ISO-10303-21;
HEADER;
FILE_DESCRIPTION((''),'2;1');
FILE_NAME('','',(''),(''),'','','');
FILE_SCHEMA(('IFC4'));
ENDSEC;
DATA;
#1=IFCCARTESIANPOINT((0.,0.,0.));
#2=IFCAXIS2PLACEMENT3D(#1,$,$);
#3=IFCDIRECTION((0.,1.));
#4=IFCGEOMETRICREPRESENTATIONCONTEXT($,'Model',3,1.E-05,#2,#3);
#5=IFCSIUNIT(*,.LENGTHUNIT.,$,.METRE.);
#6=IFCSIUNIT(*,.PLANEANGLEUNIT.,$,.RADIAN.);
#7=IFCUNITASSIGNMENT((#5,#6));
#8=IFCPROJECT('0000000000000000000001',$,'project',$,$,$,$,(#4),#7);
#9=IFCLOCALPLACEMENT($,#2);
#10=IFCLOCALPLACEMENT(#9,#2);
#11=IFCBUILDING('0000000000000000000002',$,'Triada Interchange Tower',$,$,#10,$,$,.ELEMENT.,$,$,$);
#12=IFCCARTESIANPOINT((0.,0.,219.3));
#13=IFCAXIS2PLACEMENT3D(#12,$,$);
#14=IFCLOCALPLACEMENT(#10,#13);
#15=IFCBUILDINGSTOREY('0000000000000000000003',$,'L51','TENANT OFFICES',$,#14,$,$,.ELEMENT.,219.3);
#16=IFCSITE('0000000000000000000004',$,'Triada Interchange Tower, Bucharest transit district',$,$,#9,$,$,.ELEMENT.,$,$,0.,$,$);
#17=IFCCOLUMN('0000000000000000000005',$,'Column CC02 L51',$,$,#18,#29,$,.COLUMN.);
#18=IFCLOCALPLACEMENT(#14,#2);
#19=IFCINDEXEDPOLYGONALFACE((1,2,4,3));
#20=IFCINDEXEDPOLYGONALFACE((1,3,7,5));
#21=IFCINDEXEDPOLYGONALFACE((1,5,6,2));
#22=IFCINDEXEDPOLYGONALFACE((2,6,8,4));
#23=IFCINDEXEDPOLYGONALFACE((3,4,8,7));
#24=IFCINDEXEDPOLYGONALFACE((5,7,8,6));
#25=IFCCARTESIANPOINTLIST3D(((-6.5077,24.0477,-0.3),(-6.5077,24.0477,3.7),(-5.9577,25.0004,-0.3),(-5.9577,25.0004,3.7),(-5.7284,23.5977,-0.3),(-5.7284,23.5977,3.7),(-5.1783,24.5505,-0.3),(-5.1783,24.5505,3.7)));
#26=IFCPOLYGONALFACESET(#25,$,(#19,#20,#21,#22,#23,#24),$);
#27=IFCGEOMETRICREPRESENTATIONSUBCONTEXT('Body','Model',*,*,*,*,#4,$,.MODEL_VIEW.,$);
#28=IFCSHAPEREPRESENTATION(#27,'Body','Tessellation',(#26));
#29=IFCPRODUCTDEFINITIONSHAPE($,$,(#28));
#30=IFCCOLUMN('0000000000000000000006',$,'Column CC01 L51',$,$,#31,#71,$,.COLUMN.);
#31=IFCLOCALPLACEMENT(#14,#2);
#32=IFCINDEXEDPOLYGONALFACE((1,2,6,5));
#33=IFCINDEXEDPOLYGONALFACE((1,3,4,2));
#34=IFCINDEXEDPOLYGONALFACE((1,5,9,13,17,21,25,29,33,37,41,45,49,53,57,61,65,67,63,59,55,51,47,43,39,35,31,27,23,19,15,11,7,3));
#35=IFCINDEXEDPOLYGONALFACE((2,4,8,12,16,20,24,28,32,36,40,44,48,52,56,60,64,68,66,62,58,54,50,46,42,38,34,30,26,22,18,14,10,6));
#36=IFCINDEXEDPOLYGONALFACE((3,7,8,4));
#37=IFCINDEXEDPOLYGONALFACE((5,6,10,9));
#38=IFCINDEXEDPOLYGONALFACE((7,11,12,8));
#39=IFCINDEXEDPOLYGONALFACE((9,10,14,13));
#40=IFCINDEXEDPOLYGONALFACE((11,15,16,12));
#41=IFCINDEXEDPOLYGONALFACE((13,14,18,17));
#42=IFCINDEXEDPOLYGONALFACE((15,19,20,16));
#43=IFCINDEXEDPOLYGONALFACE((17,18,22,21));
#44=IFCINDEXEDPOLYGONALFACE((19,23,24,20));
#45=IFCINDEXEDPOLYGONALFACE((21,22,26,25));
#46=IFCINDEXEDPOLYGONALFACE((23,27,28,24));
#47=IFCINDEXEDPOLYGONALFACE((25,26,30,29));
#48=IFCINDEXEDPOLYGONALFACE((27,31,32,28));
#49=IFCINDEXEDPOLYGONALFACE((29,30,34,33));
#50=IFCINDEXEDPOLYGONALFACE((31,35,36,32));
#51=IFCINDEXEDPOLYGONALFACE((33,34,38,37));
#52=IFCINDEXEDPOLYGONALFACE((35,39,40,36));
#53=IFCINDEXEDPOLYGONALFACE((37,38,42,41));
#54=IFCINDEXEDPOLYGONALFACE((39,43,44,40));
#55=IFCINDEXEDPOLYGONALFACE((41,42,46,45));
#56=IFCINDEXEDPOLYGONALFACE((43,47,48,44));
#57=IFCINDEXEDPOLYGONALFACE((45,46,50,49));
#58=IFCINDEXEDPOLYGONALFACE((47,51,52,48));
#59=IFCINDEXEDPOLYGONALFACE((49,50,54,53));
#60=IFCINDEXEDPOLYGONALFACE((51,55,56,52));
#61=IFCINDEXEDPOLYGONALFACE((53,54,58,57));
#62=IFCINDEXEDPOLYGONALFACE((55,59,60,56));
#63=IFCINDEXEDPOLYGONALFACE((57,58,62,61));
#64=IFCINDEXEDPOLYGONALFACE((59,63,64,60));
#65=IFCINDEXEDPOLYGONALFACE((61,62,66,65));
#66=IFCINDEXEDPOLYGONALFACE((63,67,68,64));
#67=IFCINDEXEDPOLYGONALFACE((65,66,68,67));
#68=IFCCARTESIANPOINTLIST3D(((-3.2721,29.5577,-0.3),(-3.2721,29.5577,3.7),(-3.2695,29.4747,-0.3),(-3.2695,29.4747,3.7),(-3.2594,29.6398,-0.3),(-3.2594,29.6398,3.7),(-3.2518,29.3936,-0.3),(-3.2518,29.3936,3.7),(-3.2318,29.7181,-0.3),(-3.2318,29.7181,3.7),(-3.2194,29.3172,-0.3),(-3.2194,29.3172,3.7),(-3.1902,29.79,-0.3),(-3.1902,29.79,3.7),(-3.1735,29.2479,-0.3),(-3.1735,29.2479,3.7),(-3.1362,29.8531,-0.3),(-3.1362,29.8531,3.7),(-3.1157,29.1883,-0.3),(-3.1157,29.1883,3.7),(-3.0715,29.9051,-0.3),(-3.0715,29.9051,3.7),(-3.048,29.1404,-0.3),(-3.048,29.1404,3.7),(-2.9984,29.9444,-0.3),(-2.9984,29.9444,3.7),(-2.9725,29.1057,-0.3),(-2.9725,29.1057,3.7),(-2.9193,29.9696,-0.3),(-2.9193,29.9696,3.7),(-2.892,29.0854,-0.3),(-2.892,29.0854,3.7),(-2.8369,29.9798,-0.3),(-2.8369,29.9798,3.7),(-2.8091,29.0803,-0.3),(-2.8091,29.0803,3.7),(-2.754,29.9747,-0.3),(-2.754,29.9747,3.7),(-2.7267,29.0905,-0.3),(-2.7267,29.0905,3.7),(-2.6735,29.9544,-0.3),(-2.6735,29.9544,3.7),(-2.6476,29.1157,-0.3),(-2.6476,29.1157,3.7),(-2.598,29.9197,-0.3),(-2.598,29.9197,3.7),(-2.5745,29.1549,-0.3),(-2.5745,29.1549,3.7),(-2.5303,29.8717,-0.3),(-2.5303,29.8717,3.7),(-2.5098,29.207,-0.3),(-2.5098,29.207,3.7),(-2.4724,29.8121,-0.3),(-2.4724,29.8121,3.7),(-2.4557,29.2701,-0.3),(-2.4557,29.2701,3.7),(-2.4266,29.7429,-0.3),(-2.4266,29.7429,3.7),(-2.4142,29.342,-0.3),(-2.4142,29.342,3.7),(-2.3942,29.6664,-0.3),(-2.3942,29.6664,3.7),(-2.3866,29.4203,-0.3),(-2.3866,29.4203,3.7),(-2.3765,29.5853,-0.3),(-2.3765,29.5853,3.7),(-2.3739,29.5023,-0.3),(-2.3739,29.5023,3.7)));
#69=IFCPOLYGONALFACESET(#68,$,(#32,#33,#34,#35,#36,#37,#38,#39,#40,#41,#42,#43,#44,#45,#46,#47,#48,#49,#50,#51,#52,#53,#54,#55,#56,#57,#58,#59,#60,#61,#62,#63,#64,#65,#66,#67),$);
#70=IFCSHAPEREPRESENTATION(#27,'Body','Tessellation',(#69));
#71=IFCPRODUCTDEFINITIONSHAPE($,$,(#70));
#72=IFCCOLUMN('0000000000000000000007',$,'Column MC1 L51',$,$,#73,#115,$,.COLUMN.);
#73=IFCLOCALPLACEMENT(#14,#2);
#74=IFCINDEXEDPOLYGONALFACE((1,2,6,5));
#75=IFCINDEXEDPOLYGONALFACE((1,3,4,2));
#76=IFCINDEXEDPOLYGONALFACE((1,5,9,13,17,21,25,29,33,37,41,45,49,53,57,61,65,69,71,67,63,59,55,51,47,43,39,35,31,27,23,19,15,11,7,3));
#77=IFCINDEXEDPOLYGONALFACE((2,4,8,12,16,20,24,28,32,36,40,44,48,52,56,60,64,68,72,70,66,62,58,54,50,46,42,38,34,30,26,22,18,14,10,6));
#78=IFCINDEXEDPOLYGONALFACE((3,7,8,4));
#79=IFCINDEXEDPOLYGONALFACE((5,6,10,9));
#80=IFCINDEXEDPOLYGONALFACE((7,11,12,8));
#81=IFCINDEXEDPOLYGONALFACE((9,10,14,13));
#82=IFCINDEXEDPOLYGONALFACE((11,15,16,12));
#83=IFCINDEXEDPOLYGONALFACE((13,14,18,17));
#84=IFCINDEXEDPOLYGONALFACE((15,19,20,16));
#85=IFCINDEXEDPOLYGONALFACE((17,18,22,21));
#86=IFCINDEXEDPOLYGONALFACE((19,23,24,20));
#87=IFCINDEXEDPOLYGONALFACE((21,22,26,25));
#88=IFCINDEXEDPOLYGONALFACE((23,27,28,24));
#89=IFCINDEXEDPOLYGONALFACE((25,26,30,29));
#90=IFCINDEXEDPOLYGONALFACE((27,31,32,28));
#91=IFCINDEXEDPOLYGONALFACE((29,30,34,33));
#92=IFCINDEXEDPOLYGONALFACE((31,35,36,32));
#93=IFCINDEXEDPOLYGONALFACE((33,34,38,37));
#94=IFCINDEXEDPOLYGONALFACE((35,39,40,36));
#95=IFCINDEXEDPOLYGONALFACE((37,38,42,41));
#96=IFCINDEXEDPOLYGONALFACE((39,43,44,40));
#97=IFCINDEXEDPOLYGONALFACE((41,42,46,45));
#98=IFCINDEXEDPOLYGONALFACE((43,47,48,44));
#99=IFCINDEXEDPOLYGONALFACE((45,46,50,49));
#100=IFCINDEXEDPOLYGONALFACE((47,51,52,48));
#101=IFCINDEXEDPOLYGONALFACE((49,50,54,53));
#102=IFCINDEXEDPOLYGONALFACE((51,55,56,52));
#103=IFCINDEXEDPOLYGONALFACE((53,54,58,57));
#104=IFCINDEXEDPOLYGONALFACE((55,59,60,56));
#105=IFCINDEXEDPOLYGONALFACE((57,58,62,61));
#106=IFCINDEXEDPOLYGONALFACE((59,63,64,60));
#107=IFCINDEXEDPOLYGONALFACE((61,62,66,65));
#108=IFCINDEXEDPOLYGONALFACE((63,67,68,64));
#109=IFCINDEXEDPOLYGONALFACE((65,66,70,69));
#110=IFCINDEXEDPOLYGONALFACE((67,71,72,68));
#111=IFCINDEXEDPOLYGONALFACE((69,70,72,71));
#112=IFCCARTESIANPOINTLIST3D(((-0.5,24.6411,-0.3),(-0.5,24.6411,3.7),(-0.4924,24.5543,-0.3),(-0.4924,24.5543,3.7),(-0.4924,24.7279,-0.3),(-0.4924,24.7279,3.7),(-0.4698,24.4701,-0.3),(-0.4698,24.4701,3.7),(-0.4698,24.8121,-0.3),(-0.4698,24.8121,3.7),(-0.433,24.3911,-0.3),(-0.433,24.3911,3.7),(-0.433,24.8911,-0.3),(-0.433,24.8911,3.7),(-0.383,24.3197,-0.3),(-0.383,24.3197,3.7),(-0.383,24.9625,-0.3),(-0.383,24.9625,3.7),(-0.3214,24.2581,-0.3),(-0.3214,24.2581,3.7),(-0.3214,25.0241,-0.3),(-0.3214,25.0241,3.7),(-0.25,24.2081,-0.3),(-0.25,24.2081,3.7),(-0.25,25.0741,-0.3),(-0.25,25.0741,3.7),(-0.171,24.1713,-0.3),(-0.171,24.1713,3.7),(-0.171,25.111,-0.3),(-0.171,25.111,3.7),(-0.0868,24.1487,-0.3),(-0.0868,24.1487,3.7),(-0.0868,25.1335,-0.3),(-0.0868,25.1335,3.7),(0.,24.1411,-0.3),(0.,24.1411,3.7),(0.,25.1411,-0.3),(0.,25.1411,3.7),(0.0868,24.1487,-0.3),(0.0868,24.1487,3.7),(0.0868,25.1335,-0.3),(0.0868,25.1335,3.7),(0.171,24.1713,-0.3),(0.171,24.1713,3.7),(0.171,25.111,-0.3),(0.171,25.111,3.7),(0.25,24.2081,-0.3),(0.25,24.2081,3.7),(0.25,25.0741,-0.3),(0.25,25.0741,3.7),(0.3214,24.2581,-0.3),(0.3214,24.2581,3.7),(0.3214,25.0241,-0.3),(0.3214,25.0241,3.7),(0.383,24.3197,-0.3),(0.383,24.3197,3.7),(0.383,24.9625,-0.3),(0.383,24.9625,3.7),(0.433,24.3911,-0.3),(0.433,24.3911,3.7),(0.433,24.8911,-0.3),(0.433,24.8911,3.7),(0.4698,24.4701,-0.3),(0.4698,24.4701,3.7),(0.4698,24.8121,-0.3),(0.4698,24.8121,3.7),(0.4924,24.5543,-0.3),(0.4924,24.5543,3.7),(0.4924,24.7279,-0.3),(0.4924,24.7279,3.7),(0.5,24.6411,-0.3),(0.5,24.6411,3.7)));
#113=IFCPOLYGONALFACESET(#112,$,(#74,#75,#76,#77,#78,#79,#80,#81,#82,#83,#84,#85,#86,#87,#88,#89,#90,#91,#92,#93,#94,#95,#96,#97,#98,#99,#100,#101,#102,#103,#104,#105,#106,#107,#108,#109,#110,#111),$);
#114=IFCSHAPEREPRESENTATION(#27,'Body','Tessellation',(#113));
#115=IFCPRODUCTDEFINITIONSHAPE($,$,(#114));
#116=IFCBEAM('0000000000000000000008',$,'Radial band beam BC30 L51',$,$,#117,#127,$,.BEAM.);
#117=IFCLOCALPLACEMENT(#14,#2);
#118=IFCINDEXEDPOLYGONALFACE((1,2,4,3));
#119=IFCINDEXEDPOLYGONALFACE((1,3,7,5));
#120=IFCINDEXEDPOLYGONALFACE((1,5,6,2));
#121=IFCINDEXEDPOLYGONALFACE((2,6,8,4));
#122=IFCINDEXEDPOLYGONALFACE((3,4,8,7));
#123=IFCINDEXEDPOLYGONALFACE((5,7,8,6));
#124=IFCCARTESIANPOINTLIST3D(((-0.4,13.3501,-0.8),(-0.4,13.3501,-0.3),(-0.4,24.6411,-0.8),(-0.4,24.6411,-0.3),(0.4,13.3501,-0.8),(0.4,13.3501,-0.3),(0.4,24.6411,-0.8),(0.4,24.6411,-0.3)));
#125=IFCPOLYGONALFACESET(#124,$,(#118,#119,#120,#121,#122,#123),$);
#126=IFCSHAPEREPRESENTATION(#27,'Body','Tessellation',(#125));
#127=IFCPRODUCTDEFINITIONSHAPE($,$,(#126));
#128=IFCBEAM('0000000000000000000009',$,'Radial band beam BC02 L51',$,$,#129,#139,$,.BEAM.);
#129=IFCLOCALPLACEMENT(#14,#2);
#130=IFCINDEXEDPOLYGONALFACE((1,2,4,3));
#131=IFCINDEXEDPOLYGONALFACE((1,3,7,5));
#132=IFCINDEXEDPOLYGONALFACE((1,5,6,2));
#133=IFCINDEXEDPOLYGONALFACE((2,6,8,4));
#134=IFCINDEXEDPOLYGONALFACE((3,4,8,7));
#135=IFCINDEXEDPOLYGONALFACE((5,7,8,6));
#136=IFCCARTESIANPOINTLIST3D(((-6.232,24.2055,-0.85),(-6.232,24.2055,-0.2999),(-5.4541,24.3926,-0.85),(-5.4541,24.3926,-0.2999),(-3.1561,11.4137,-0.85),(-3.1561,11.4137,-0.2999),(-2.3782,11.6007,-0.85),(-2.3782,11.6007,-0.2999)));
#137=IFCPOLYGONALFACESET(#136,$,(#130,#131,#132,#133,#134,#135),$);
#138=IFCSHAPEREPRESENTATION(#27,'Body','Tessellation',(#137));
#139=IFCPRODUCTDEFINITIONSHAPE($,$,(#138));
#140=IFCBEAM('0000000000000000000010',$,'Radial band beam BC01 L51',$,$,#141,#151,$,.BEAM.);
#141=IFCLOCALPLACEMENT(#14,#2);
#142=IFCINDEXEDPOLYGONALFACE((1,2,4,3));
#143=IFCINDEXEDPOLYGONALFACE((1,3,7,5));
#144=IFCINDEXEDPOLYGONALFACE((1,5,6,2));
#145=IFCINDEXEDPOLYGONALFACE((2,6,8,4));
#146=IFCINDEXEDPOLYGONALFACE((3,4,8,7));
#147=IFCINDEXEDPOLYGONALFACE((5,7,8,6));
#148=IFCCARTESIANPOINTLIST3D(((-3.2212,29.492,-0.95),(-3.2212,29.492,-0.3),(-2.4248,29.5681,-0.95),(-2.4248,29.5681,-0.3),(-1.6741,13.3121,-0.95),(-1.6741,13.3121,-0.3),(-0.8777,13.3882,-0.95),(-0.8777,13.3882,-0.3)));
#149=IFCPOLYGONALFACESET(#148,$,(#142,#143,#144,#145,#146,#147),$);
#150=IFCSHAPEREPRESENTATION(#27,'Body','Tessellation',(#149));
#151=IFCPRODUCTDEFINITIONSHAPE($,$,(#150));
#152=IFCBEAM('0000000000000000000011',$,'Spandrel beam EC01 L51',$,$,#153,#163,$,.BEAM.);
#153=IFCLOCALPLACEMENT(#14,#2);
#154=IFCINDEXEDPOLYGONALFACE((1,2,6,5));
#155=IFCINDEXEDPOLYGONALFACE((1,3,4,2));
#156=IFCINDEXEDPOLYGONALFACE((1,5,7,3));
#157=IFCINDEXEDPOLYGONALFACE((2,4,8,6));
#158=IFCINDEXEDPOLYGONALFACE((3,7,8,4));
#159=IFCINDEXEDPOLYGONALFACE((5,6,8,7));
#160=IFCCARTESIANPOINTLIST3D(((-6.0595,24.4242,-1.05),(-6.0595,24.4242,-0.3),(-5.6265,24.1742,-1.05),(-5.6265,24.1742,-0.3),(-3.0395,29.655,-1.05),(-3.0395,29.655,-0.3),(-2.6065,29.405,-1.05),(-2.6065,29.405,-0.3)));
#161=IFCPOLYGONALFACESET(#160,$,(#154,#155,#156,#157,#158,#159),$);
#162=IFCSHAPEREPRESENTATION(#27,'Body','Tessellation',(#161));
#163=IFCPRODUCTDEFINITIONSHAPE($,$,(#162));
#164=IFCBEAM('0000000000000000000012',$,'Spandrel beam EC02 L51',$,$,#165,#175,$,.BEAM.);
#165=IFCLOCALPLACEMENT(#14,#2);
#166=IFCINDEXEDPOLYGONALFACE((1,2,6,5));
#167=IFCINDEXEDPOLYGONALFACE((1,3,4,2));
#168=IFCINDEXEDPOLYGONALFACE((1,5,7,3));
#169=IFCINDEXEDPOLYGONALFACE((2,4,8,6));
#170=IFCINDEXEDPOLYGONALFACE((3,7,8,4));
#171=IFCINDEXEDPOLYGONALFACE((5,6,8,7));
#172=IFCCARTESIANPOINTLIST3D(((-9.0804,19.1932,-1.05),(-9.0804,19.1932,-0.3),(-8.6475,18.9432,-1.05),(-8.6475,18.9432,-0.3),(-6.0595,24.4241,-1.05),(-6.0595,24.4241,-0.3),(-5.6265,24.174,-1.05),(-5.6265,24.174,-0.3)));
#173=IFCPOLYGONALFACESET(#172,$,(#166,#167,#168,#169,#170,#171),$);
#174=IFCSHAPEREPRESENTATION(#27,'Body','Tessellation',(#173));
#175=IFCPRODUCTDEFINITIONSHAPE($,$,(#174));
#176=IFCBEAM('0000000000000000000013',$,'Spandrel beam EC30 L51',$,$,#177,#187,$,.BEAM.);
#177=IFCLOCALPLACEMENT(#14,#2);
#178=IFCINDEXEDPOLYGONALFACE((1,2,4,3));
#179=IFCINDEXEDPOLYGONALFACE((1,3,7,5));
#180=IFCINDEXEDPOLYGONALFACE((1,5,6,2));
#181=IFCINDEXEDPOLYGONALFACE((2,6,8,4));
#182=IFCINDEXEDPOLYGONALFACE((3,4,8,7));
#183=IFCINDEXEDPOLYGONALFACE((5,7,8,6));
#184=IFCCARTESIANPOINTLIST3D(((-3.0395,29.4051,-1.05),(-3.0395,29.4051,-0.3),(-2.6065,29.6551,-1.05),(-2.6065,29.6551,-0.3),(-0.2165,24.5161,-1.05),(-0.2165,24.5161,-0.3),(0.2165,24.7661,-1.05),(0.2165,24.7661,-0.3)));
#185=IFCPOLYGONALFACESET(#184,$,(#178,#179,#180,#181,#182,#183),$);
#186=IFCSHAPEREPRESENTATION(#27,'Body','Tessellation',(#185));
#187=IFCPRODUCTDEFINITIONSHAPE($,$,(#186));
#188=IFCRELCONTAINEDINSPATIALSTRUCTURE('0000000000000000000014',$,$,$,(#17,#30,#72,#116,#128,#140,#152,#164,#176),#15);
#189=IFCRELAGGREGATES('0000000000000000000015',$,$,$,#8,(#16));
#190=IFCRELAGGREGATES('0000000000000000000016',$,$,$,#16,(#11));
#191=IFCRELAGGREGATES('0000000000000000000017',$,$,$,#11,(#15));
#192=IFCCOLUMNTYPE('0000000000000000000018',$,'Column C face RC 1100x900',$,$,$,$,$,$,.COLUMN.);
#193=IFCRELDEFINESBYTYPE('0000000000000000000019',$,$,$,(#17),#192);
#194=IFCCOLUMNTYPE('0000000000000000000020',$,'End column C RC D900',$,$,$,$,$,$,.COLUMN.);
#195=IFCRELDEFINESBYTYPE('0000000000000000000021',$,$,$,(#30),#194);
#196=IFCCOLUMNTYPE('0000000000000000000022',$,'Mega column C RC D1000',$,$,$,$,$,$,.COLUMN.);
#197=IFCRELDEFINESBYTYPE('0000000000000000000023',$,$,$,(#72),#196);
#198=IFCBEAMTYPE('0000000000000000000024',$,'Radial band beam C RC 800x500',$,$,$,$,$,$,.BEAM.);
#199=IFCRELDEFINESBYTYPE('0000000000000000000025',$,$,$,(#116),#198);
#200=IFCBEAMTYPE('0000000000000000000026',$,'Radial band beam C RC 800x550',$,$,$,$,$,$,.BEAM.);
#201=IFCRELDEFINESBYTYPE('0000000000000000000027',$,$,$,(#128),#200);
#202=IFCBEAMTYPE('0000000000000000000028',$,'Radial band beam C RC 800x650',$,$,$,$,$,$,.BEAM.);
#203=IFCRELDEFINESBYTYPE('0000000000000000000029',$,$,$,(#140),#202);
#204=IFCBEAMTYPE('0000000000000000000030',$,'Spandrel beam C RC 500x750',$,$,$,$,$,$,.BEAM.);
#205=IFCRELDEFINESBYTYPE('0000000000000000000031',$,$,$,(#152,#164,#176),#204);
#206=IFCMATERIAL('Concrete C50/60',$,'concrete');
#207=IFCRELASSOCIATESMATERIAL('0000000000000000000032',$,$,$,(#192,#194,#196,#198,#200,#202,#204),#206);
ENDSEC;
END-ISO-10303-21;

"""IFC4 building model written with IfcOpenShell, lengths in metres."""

from ifc_helpers import new_model, si_unit, direction, frame, origin, origin_2d, place, context, subcontext, project, spatial, rectangle, circle, extrude, material, material_profile, profile_set, type_object, element, save


model = new_model("IFC4")

# Units and contexts
model_context = context("Model", 3, precision=1e-05, world=origin(), true_north=direction((0.0, 1.0)))
body_context = subcontext(model_context, "Body", "Model", "MODEL_VIEW")
ifc_project = project(units=[si_unit("LENGTHUNIT", "METRE"), si_unit("PLANEANGLEUNIT", "RADIAN")], contexts=[model_context])

# Site, building, storey
site_placement = place(None, origin())
site = spatial("IfcSite", under=ifc_project, at=site_placement, Name="Triada Interchange Tower, Bucharest transit district", CompositionType="ELEMENT", RefElevation=0.0)
building_placement = place(site_placement, origin())
building = spatial("IfcBuilding", under=site, at=building_placement, Name="Triada Interchange Tower", CompositionType="ELEMENT")
storey_placement = place(building_placement, frame((0.0, 0.0, 219.3)))
storey = spatial("IfcBuildingStorey", under=building, at=storey_placement, Name="L51", Description="TENANT OFFICES", CompositionType="ELEMENT", Elevation=219.3)

# Columns
ifc_material_1 = material(Name="Concrete C50/60", Category="concrete")
ifc_material_profile_1 = material_profile(ifc_material_1, rectangle(XDim=1.1001, YDim=0.8999, at=origin_2d()), Name="RC 1100x900")
ifc_profile_set_1 = profile_set([ifc_material_profile_1], Name="Concrete C50/60")
column_type_1 = type_object("IfcColumnType", Name="Column C face RC 1100x900", PredefinedType="COLUMN", material=ifc_profile_set_1)
column_1_placement = place(storey_placement, frame((-5.843, 24.2991, -0.3), z_axis=(0.0, 0.0, 1.0), x_axis=(0.5, 0.866025, 0.0)))
element("IfcColumn", 1, at=column_1_placement, inside=storey, type_object=column_type_1, Name="Column CC02 L51", PredefinedType="COLUMN", context=body_context, shape_type="SweptSolid", body=[
    extrude(rectangle(XDim=1.1001, YDim=0.8999, at=origin_2d()), origin(), (0.0, 0.0, 1.0), 4.0),
])
ifc_material_profile_2 = material_profile(ifc_material_1, circle(Radius=0.45, at=origin_2d()), Name="RC D900")
ifc_profile_set_2 = profile_set([ifc_material_profile_2], Name="Concrete C50/60")
column_type_2 = type_object("IfcColumnType", Name="End column C RC D900", PredefinedType="COLUMN", material=ifc_profile_set_2)
column_2_placement = place(storey_placement, frame((-2.823, 29.53, -0.3), z_axis=(0.0, 0.0, 1.0), x_axis=(0.5, 0.866025, 0.0)))
element("IfcColumn", 2, at=column_2_placement, inside=storey, type_object=column_type_2, Name="Column CC01 L51", PredefinedType="COLUMN", context=body_context, shape_type="SweptSolid", body=[
    extrude(circle(Radius=0.45, at=origin_2d()), origin(), (0.0, 0.0, 1.0), 4.0),
])
ifc_material_profile_3 = material_profile(ifc_material_1, circle(Radius=0.5, at=origin_2d()), Name="RC D1000")
ifc_profile_set_3 = profile_set([ifc_material_profile_3], Name="Concrete C50/60")
column_type_3 = type_object("IfcColumnType", Name="Mega column C RC D1000", PredefinedType="COLUMN", material=ifc_profile_set_3)
column_3_placement = place(storey_placement, frame((0.0, 24.6411, -0.3), z_axis=(0.0, 0.0, 1.0), x_axis=(1.0, 0.0, 0.0)))
element("IfcColumn", 3, at=column_3_placement, inside=storey, type_object=column_type_3, Name="Column MC1 L51", PredefinedType="COLUMN", context=body_context, shape_type="SweptSolid", body=[
    extrude(circle(Radius=0.5, at=origin_2d()), origin(), (0.0, 0.0, 1.0), 4.0),
])

# Beams
ifc_material_profile_4 = material_profile(ifc_material_1, rectangle(XDim=0.8, YDim=0.5, at=origin_2d()), Name="RC 800x500")
ifc_profile_set_4 = profile_set([ifc_material_profile_4], Name="Concrete C50/60")
beam_type_1 = type_object("IfcBeamType", Name="Radial band beam C RC 800x500", PredefinedType="BEAM", material=ifc_profile_set_4)
beam_1_placement = place(storey_placement, frame((0.0, 24.6411, -0.55), z_axis=(0.0, -1.0, 0.0), x_axis=(1.0, 0.0, 0.0)))
element("IfcBeam", 4, at=beam_1_placement, inside=storey, type_object=beam_type_1, Name="Radial band beam BC30 L51", PredefinedType="BEAM", context=body_context, shape_type="SweptSolid", body=[
    extrude(rectangle(XDim=0.8, YDim=0.5, at=origin_2d()), origin(), (0.0, 0.0, 1.0), 11.291),
])
ifc_material_profile_5 = material_profile(ifc_material_1, rectangle(XDim=0.8, YDim=0.55, at=origin_2d()), Name="RC 800x550")
ifc_profile_set_5 = profile_set([ifc_material_profile_5], Name="Concrete C50/60")
beam_type_2 = type_object("IfcBeamType", Name="Radial band beam C RC 800x550", PredefinedType="BEAM", material=ifc_profile_set_5)
beam_2_placement = place(storey_placement, frame((-5.843, 24.2991, -0.575), z_axis=(0.233793, -0.972286, 0.0), x_axis=(0.972286, 0.233793, 0.0)))
element("IfcBeam", 5, at=beam_2_placement, inside=storey, type_object=beam_type_2, Name="Radial band beam BC02 L51", PredefinedType="BEAM", context=body_context, shape_type="SweptSolid", body=[
    extrude(rectangle(XDim=0.8, YDim=0.55, at=origin_2d()), origin(), (0.0, 0.0, 1.0), 13.1565),
])
ifc_material_profile_6 = material_profile(ifc_material_1, rectangle(XDim=0.8, YDim=0.6499, at=origin_2d()), Name="RC 800x650")
ifc_profile_set_6 = profile_set([ifc_material_profile_6], Name="Concrete C50/60")
beam_type_3 = type_object("IfcBeamType", Name="Radial band beam C RC 800x650", PredefinedType="BEAM", material=ifc_profile_set_6)
beam_3_placement = place(storey_placement, frame((-2.823, 29.53, -0.625), z_axis=(0.095185, -0.99546, 0.0), x_axis=(0.99546, 0.095185, 0.0)))
element("IfcBeam", 6, at=beam_3_placement, inside=storey, type_object=beam_type_3, Name="Radial band beam BC01 L51", PredefinedType="BEAM", context=body_context, shape_type="SweptSolid", body=[
    extrude(rectangle(XDim=0.8, YDim=0.6499, at=origin_2d()), origin(), (0.0, 0.0, 1.0), 16.2537),
])
ifc_material_profile_7 = material_profile(ifc_material_1, rectangle(XDim=0.5, YDim=0.75, at=origin_2d()), Name="RC 500x750")
ifc_profile_set_7 = profile_set([ifc_material_profile_7], Name="Concrete C50/60")
beam_type_4 = type_object("IfcBeamType", Name="Spandrel beam C RC 500x750", PredefinedType="BEAM", material=ifc_profile_set_7)
beam_4_placement = place(storey_placement, frame((-2.823, 29.53, -0.675), z_axis=(-0.499991, -0.866031, 0.0), x_axis=(0.866031, -0.499991, 0.0)))
element("IfcBeam", 7, at=beam_4_placement, inside=storey, type_object=beam_type_4, Name="Spandrel beam EC01 L51", PredefinedType="BEAM", context=body_context, shape_type="SweptSolid", body=[
    extrude(rectangle(XDim=0.5, YDim=0.75, at=origin_2d()), origin(), (0.0, 0.0, 1.0), 6.04),
])
beam_5_placement = place(storey_placement, frame((-5.843, 24.2991, -0.675), z_axis=(-0.500112, -0.865961, 0.0), x_axis=(0.865961, -0.500112, 0.0)))
element("IfcBeam", 8, at=beam_5_placement, inside=storey, type_object=beam_type_4, Name="Spandrel beam EC02 L51", PredefinedType="BEAM", context=body_context, shape_type="SweptSolid", body=[
    extrude(rectangle(XDim=0.5, YDim=0.75, at=origin_2d()), origin(), (0.0, 0.0, 1.0), 6.0405),
])
beam_6_placement = place(storey_placement, frame((0.0, 24.6411, -0.675), z_axis=(-0.500051, 0.865996, 0.0), x_axis=(-0.865996, -0.500051, 0.0)))
element("IfcBeam", 9, at=beam_6_placement, inside=storey, type_object=beam_type_4, Name="Spandrel beam EC30 L51", PredefinedType="BEAM", context=body_context, shape_type="SweptSolid", body=[
    extrude(rectangle(XDim=0.5, YDim=0.75, at=origin_2d()), origin(), (0.0, 0.0, 1.0), 5.6455),
])

save(model, "model.ifc")
